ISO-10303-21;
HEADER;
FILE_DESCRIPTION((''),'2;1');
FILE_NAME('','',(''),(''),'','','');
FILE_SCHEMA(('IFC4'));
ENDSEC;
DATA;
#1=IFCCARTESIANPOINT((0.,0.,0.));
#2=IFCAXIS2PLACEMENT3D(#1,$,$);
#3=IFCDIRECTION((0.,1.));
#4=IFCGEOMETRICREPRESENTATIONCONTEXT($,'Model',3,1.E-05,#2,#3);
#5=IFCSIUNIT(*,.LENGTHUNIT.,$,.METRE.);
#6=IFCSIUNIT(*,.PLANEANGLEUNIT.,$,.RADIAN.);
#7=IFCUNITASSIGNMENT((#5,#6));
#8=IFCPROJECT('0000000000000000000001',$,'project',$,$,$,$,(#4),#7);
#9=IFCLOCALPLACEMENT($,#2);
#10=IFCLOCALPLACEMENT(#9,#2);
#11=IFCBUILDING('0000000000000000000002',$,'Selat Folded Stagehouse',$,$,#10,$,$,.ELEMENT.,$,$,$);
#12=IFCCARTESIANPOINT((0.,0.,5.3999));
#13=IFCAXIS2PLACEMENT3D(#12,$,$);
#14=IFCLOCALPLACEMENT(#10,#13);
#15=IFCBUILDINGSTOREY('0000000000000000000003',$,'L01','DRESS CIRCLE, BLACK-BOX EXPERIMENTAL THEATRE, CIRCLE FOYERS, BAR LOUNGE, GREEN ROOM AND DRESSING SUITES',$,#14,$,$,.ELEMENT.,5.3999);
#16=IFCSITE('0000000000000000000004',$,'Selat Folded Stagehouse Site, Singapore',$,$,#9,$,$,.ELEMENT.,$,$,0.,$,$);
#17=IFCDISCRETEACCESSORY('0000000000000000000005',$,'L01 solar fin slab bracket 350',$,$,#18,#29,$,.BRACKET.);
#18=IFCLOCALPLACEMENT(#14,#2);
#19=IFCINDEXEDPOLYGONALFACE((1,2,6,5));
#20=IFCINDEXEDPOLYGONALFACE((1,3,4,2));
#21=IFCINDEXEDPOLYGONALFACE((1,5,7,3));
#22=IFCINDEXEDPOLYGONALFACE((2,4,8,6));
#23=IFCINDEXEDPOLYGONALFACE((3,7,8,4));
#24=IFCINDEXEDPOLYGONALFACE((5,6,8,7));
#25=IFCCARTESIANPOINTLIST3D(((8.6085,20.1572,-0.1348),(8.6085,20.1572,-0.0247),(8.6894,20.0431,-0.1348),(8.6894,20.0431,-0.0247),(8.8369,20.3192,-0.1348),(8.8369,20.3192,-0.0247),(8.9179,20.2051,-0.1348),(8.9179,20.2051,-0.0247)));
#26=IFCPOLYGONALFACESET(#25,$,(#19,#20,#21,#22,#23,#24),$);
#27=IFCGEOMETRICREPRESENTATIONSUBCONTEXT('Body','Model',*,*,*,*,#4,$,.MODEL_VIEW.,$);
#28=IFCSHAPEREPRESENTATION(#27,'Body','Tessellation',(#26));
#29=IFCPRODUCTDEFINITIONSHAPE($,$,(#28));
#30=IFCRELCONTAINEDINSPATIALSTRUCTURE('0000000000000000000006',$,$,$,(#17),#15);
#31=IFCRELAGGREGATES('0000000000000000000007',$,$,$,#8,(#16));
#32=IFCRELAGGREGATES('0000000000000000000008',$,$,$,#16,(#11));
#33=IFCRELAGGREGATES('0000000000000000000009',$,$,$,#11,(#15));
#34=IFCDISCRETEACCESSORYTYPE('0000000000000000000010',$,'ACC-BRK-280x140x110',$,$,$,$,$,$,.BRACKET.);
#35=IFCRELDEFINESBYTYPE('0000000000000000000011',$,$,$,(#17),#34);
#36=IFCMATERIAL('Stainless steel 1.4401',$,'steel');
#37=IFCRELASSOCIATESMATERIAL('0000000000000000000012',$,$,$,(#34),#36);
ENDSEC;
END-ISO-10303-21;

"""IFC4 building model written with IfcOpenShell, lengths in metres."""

from ifc_helpers import new_model, si_unit, direction, frame, origin, origin_2d, place, context, subcontext, project, spatial, rectangle, extrude, material, type_object, element, save


model = new_model("IFC4")

# Units and contexts
model_context = context("Model", 3, precision=1e-05, world=origin(), true_north=direction((0.0, 1.0)))
body_context = subcontext(model_context, "Body", "Model", "MODEL_VIEW")
ifc_project = project(units=[si_unit("LENGTHUNIT", "METRE"), si_unit("PLANEANGLEUNIT", "RADIAN")], contexts=[model_context])

# Site, building, storey
site_placement = place(None, origin())
site = spatial("IfcSite", under=ifc_project, at=site_placement, Name="Selat Folded Stagehouse Site, Singapore", CompositionType="ELEMENT", RefElevation=0.0)
building_placement = place(site_placement, origin())
building = spatial("IfcBuilding", under=site, at=building_placement, Name="Selat Folded Stagehouse", CompositionType="ELEMENT")
storey_placement = place(building_placement, frame((0.0, 0.0, 5.3999)))
storey = spatial("IfcBuildingStorey", under=building, at=storey_placement, Name="L01", Description="DRESS CIRCLE, BLACK-BOX EXPERIMENTAL THEATRE, CIRCLE FOYERS, BAR LOUNGE, GREEN ROOM AND DRESSING SUITES", CompositionType="ELEMENT", Elevation=5.3999)

# Discrete accessory
ifc_material_1 = material(Name="Stainless steel 1.4401", Category="steel")
discrete_accessory_type = type_object("IfcDiscreteAccessoryType", Name="ACC-BRK-280x140x110", PredefinedType="BRACKET", material=ifc_material_1)
for number, where, z_axis, x_axis, name in (
    (1, (8.7632, 20.1812, -0.1348), (0.0, 0.0, 1.0), (-0.815734, -0.578427, 0.0), "L01 solar fin slab bracket 350"),
):
    element("IfcDiscreteAccessory", number, at=place(storey_placement, frame(where, z_axis=z_axis, x_axis=x_axis)), inside=storey, type_object=discrete_accessory_type, Name=name, PredefinedType="BRACKET", context=body_context, shape_type="SweptSolid", body=[
        extrude(rectangle(XDim=0.28, YDim=0.1399, at=origin_2d()), origin(), (0.0, 0.0, 1.0), 0.1101),
    ])

save(model, "model.ifc")
